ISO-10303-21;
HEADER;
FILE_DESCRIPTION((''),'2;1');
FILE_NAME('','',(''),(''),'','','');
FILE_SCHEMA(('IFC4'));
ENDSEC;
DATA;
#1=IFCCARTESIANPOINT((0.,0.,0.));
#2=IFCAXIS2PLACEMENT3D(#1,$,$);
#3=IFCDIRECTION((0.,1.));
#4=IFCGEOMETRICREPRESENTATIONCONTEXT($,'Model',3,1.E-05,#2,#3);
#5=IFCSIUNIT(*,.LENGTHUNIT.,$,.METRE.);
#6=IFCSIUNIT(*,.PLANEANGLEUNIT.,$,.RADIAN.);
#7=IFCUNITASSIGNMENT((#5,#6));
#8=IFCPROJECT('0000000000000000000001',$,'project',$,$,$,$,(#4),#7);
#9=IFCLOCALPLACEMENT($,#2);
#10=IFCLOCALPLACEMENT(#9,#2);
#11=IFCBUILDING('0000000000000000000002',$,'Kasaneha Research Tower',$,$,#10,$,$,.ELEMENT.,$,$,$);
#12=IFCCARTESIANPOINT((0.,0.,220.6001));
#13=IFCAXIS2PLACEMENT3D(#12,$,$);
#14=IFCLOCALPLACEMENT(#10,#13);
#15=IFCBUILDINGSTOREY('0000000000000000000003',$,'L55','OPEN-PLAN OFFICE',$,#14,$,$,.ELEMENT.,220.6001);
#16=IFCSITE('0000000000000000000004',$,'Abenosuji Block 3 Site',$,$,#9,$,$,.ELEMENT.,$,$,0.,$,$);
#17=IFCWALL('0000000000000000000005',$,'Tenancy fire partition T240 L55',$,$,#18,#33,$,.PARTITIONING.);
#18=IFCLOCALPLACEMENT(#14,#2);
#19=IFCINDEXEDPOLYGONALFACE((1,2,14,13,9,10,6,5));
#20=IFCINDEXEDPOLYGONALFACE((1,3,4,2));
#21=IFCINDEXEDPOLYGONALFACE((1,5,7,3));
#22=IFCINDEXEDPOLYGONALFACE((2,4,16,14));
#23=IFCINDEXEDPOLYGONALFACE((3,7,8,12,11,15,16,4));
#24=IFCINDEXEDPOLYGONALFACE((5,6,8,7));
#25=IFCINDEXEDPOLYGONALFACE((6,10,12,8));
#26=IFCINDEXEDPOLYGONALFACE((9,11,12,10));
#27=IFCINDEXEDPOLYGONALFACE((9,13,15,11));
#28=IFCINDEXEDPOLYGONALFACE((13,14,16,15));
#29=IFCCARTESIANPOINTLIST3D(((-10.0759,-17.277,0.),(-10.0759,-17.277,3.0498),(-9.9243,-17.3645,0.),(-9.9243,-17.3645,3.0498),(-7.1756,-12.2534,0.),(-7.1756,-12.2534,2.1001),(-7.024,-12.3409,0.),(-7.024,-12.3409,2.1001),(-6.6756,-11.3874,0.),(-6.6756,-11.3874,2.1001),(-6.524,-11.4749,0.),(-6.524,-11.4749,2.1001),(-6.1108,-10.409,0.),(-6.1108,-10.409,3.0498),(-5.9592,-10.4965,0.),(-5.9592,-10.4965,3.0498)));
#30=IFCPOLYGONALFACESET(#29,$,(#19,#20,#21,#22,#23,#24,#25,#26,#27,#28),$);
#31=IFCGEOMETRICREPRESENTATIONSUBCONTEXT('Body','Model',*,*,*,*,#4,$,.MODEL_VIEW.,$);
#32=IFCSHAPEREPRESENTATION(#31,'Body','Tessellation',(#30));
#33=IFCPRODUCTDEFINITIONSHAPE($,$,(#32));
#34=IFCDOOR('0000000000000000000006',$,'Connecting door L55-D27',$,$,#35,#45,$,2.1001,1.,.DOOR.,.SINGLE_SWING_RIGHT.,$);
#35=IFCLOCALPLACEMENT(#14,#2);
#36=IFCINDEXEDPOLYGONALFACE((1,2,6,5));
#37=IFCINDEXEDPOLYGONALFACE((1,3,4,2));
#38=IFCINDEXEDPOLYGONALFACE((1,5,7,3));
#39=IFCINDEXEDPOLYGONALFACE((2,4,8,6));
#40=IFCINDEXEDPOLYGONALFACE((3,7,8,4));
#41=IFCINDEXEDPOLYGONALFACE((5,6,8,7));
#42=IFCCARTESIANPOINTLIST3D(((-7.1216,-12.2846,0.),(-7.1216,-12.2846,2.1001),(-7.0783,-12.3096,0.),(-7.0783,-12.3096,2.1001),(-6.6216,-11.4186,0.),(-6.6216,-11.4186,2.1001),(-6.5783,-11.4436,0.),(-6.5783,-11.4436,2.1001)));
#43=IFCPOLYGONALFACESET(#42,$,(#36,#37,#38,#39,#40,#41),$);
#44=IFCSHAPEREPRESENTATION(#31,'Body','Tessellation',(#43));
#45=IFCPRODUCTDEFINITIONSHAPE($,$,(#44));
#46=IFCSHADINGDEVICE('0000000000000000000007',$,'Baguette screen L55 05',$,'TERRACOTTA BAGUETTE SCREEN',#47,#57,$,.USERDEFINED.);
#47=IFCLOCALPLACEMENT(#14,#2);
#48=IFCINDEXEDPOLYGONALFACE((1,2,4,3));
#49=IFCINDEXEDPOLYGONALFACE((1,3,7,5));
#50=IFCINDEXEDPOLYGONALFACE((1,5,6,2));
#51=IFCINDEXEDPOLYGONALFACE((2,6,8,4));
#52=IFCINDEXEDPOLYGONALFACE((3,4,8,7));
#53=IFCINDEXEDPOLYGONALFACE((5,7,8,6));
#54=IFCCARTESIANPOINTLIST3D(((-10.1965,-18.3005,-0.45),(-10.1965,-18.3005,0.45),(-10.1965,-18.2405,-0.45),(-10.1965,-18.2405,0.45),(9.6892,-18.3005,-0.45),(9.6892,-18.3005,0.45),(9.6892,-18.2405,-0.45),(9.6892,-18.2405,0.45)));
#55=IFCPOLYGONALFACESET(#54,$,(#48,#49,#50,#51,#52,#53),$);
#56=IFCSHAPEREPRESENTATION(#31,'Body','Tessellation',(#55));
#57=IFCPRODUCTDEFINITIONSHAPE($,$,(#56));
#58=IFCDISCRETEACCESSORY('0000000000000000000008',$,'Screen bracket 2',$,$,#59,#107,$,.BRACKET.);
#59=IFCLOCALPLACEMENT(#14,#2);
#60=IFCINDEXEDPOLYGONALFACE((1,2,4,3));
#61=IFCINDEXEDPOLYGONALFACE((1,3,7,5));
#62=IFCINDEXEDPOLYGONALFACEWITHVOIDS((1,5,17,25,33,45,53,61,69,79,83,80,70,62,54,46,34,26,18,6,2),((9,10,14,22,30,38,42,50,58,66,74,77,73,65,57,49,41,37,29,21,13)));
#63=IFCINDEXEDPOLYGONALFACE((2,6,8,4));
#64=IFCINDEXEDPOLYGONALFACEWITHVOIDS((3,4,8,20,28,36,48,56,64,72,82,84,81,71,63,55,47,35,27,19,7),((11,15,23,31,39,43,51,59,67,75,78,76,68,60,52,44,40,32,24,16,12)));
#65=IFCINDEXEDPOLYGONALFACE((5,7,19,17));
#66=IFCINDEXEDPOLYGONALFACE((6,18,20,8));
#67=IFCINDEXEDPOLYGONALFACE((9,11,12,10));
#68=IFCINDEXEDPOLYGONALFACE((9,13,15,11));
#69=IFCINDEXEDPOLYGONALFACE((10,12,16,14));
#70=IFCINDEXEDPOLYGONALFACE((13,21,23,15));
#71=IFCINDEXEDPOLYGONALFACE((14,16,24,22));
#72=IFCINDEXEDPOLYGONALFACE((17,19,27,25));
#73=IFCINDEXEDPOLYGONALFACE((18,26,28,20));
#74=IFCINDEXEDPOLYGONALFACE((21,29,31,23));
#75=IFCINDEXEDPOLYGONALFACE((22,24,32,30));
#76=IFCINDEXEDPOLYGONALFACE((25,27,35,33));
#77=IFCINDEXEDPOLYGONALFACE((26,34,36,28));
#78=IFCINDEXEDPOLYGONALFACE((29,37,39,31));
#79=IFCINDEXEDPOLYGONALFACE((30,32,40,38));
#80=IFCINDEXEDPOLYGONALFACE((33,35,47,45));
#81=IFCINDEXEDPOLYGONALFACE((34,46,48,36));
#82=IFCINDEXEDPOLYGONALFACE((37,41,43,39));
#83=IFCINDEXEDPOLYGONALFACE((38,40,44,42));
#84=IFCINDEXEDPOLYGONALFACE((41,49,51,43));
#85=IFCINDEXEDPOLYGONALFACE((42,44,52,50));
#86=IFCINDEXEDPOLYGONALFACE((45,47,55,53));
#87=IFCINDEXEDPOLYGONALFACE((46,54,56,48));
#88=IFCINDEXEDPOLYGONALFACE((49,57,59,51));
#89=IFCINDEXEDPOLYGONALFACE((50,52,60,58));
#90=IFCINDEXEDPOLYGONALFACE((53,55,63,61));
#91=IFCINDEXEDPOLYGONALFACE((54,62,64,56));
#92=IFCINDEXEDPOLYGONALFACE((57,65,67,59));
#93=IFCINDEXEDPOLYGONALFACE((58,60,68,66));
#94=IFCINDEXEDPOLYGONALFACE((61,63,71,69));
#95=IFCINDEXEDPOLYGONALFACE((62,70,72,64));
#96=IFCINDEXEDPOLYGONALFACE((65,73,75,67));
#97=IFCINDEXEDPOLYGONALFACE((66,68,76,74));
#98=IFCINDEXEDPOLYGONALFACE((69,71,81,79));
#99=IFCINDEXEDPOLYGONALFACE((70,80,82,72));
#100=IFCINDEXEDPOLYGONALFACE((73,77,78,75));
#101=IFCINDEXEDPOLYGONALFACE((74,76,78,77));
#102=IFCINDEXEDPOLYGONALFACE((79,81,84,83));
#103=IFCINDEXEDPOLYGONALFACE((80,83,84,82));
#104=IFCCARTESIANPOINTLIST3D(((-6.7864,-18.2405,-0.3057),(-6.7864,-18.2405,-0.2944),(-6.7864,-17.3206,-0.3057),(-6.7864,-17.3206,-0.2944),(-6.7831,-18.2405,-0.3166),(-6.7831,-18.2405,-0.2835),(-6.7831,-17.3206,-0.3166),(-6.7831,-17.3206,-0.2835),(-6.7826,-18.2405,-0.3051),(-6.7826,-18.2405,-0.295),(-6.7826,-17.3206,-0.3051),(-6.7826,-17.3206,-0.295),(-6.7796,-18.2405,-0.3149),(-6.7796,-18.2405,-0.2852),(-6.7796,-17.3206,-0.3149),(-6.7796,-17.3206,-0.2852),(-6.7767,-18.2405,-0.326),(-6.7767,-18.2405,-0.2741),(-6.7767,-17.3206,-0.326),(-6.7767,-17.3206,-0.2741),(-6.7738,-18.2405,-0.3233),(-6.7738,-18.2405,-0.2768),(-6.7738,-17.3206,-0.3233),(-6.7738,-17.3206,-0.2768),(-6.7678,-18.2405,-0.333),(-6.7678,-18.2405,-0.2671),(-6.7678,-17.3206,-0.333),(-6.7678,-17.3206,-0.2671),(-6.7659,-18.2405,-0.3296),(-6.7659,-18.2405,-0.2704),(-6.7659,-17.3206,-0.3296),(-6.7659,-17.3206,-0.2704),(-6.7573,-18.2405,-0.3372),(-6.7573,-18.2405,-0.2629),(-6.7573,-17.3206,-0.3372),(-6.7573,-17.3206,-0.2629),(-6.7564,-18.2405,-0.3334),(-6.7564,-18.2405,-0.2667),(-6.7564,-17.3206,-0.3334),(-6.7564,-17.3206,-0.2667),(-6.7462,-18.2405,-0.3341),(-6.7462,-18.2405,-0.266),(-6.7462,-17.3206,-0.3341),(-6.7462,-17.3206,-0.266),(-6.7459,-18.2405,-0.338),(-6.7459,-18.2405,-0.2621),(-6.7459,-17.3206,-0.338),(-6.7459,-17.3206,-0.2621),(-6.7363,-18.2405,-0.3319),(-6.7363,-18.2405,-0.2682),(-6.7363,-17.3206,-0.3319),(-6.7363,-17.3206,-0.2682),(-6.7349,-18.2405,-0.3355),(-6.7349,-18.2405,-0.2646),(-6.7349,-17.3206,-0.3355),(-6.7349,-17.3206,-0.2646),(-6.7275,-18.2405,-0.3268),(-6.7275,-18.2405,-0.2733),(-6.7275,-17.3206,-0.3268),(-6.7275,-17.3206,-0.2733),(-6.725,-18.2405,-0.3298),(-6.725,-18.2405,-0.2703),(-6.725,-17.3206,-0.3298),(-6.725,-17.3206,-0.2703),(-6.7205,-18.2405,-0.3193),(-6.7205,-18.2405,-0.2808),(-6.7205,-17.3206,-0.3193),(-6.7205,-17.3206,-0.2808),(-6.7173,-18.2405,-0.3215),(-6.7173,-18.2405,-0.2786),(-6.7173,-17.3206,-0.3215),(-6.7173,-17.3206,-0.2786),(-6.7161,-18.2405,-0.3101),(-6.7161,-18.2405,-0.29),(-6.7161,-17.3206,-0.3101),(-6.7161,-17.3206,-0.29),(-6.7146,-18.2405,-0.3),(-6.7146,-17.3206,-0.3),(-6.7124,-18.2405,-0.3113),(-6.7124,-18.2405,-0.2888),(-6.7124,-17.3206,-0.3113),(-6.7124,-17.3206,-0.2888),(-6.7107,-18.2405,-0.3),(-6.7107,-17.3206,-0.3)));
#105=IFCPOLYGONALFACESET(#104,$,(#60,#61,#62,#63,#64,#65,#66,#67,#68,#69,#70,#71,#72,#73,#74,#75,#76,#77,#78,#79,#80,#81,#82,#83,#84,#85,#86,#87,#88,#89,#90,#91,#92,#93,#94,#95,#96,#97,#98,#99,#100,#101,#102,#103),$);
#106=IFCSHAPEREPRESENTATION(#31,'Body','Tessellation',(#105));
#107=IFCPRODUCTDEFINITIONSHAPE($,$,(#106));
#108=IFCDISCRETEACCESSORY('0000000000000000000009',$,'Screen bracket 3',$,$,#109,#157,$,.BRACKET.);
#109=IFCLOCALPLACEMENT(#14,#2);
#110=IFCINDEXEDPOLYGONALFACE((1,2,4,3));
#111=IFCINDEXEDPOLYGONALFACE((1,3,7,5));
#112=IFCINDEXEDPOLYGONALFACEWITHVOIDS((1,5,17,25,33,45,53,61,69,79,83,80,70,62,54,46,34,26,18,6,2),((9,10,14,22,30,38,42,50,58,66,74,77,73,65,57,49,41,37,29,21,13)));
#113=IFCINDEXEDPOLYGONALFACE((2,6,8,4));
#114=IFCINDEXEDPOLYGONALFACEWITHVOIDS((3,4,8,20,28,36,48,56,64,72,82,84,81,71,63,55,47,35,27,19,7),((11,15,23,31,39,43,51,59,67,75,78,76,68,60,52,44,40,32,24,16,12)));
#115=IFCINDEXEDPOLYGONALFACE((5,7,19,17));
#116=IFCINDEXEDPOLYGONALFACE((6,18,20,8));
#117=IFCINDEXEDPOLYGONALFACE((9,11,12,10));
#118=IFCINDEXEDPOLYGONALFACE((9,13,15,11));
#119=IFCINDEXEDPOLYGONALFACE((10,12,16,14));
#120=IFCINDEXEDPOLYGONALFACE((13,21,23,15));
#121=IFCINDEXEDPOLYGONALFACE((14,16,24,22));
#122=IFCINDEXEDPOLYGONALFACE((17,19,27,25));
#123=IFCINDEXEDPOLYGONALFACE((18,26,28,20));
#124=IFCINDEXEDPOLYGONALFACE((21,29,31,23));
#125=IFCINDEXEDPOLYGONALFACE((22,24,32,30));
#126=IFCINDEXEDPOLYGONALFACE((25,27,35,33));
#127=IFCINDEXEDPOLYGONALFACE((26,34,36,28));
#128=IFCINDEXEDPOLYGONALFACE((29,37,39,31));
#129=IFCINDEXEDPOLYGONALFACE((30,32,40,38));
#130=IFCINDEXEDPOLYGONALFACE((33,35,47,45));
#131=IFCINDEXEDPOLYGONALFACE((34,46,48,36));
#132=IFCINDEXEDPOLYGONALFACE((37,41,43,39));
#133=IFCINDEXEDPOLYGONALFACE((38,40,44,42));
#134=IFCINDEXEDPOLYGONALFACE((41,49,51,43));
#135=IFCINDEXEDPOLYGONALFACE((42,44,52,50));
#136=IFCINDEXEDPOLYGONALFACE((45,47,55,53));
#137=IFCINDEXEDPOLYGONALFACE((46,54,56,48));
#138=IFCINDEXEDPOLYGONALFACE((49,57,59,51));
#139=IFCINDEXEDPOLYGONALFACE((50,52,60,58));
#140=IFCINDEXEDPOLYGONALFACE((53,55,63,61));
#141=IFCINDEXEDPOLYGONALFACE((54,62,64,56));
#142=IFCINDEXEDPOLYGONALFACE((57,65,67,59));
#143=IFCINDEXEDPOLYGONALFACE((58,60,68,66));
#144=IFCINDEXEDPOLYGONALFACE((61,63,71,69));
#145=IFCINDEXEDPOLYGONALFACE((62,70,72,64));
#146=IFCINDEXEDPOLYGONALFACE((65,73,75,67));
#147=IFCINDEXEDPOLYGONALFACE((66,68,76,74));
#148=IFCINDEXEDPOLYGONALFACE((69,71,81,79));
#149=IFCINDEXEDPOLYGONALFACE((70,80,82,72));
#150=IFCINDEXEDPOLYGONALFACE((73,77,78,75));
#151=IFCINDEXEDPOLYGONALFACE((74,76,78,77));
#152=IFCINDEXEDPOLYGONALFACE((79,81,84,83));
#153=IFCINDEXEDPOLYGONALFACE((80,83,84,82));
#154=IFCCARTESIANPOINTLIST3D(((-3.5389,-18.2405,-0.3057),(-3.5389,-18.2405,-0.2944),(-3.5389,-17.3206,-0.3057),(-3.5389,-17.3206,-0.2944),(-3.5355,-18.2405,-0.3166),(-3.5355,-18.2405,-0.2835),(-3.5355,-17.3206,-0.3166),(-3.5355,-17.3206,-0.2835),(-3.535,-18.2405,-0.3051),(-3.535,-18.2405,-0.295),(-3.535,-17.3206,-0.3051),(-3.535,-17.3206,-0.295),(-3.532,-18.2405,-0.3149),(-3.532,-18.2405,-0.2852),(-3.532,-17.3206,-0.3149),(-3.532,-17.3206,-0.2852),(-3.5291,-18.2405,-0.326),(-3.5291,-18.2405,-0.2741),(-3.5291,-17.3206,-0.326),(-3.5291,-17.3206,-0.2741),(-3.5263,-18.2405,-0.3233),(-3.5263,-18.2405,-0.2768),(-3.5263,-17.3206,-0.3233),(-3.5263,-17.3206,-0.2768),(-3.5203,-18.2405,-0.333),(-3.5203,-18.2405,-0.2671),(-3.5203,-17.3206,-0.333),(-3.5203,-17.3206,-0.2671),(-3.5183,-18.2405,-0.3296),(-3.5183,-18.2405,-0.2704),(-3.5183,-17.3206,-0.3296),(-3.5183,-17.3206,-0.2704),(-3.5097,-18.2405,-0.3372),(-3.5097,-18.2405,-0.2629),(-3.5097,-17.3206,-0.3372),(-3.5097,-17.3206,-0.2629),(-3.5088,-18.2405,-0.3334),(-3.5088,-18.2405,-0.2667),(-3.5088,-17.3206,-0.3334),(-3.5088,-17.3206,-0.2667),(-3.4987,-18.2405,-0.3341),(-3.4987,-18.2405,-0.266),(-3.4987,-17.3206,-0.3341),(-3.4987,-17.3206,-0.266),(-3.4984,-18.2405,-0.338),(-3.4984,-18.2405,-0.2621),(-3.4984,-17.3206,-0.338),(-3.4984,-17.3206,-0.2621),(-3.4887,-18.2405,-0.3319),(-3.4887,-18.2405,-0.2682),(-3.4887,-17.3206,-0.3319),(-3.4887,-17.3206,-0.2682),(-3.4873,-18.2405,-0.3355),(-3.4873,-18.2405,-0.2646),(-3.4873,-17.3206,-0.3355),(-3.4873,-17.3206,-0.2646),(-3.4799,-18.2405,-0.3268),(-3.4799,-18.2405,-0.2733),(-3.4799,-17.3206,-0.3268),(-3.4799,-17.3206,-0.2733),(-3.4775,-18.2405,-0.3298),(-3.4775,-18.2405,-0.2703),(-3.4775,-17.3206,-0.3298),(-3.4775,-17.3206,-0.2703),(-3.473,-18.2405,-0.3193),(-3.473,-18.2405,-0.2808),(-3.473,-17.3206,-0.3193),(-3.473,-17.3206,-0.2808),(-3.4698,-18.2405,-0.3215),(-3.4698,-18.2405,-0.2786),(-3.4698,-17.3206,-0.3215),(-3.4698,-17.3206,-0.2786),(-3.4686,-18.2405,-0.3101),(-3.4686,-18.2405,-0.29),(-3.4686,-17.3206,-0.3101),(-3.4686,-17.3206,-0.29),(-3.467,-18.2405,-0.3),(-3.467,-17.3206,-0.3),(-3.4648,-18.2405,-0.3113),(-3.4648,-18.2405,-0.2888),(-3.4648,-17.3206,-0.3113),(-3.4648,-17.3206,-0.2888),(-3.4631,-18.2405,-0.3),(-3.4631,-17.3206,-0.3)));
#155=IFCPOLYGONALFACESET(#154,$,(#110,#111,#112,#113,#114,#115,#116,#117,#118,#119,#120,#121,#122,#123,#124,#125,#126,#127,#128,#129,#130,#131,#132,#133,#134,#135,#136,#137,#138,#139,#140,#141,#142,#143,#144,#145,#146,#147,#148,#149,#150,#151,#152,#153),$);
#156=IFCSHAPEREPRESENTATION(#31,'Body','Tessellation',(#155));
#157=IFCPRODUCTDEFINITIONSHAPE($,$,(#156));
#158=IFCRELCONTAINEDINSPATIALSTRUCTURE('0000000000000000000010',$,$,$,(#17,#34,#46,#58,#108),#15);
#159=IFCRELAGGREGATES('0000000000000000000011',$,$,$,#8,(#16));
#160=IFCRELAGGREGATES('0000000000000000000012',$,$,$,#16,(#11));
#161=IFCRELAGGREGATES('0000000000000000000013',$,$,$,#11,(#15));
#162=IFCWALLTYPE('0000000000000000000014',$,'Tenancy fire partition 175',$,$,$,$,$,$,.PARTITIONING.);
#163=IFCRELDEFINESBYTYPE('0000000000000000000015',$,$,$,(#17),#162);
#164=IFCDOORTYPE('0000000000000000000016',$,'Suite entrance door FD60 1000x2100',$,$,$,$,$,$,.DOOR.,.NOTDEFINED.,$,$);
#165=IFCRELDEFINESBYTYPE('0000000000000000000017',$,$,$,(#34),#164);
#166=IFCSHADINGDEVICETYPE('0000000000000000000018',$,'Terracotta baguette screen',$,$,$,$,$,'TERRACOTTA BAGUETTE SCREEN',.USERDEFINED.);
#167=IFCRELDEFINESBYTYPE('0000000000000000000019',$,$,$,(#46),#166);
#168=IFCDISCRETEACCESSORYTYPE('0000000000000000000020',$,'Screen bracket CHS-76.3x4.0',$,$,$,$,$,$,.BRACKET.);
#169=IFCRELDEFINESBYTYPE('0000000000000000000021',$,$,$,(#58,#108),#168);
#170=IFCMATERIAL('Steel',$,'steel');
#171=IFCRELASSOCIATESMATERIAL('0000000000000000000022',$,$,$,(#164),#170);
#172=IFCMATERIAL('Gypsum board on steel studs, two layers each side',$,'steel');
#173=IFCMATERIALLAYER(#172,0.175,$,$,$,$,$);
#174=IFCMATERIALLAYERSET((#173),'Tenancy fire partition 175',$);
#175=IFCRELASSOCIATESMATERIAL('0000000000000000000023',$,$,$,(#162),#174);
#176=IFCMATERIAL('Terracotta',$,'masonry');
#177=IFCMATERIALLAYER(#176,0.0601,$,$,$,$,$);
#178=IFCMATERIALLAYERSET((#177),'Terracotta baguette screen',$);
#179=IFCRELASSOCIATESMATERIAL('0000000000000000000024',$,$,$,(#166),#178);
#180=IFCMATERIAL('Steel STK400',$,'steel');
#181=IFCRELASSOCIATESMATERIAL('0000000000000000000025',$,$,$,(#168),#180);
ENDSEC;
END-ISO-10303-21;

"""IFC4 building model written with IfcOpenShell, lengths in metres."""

from ifc_helpers import new_model, si_unit, direction, frame, frame_2d, origin, origin_2d, place, context, subcontext, project, spatial, rectangle, hollow_circle, extrude, material, layer, layer_set, material_profile, profile_set, type_object, element, fill, save


model = new_model("IFC4")

# Units and contexts
model_context = context("Model", 3, precision=1e-05, world=origin(), true_north=direction((0.0, 1.0)))
body_context = subcontext(model_context, "Body", "Model", "MODEL_VIEW")
ifc_project = project(units=[si_unit("LENGTHUNIT", "METRE"), si_unit("PLANEANGLEUNIT", "RADIAN")], contexts=[model_context])

# Site, building, storey
site_placement = place(None, origin())
site = spatial("IfcSite", under=ifc_project, at=site_placement, Name="Abenosuji Block 3 Site", CompositionType="ELEMENT", RefElevation=0.0)
building_placement = place(site_placement, origin())
building = spatial("IfcBuilding", under=site, at=building_placement, Name="Kasaneha Research Tower", CompositionType="ELEMENT")
storey_placement = place(building_placement, frame((0.0, 0.0, 220.6001)))
storey = spatial("IfcBuildingStorey", under=building, at=storey_placement, Name="L55", Description="OPEN-PLAN OFFICE", CompositionType="ELEMENT", Elevation=220.6001)

# Shared definitions
ifc_material_1 = material(Name="Steel", Category="steel")
door_type_1 = type_object("IfcDoorType", Name="Suite entrance door FD60 1000x2100", OperationType="NOTDEFINED", PredefinedType="DOOR", material=ifc_material_1)

# Wall, opening, door
ifc_material_2 = material(Name="Gypsum board on steel studs, two layers each side", Category="steel")
ifc_layer_1 = layer(ifc_material_2, 0.175)
ifc_layer_set_1 = layer_set([ifc_layer_1], Name="Tenancy fire partition 175")
wall_type_1 = type_object("IfcWallType", Name="Tenancy fire partition 175", PredefinedType="PARTITIONING", material=ifc_layer_set_1)
wall_1_placement = place(storey_placement, frame((-6.0349, -10.4526, 0.0), z_axis=(0.0, 0.0, 1.0), x_axis=(-0.49999, -0.866031, 0.0)))
wall_1 = element("IfcWall", 1, at=wall_1_placement, inside=storey, type_object=wall_type_1, Name="Tenancy fire partition T240 L55", PredefinedType="PARTITIONING", context=body_context, shape_type="SweptSolid", body=[
    extrude(rectangle(XDim=7.9304, YDim=0.175, at=frame_2d((3.9653, 0.0))), origin(), (0.0, 0.0, 1.0), 3.0498),
])
opening_1_placement = place(wall_1_placement, frame((1.1299, 0.0, 0.0)))
opening_1 = element("IfcOpeningElement", 2, at=opening_1_placement, cuts=wall_1, PredefinedType="OPENING", context=body_context, shape_type="SweptSolid", body=[
    extrude(rectangle(XDim=1.0, YDim=2.1001, at=frame_2d((0.5, 1.05))), frame((0.0, 0.0977, 0.0), z_axis=(0.0, -1.0, 0.0), x_axis=(1.0, 0.0, 0.0)), (0.0, 0.0, 1.0), 0.1951),
])
door_1_placement = place(opening_1_placement, origin())
door_1 = element("IfcDoor", 3, at=door_1_placement, inside=storey, type_object=door_type_1, Name="Connecting door L55-D27", OperationType="SINGLE_SWING_RIGHT", OverallHeight=2.1001, OverallWidth=1.0, PredefinedType="DOOR", context=body_context, shape_type="SweptSolid", body=[
    extrude(rectangle(XDim=1.0, YDim=2.1001, at=frame_2d((0.5, 1.05))), frame((0.0, 0.0249, 0.0), z_axis=(0.0, -1.0, 0.0), x_axis=(1.0, 0.0, 0.0)), (0.0, 0.0, 1.0), 0.05),
])
fill(opening_1, door_1)

# Shading device
ifc_material_3 = material(Name="Terracotta", Category="masonry")
ifc_layer_2 = layer(ifc_material_3, 0.0601)
ifc_layer_set_2 = layer_set([ifc_layer_2], Name="Terracotta baguette screen")
shading_device_type = type_object("IfcShadingDeviceType", Name="Terracotta baguette screen", ElementType="TERRACOTTA BAGUETTE SCREEN", PredefinedType="USERDEFINED", material=ifc_layer_set_2)
shading_device_placement = place(storey_placement, frame((-0.2537, -18.2705, -0.45), z_axis=(0.0, 0.0, 1.0), x_axis=(1.0, 0.0, 0.0)))
element("IfcShadingDevice", 4, at=shading_device_placement, inside=storey, type_object=shading_device_type, Name="Baguette screen L55 05", ObjectType="TERRACOTTA BAGUETTE SCREEN", PredefinedType="USERDEFINED", context=body_context, shape_type="SweptSolid", body=[
    extrude(rectangle(XDim=19.8857, YDim=0.0601, at=origin_2d()), origin(), (0.0, 0.0, 1.0), 0.8999),
])

# Discrete accessories
ifc_material_4 = material(Name="Steel STK400", Category="steel")
ifc_material_profile_1 = material_profile(ifc_material_4, hollow_circle(Radius=0.0381, WallThickness=0.0039, at=origin_2d()), Name="CHS-76.3x4.0")
ifc_profile_set_1 = profile_set([ifc_material_profile_1], Name="Steel STK400")
discrete_accessory_type = type_object("IfcDiscreteAccessoryType", Name="Screen bracket CHS-76.3x4.0", PredefinedType="BRACKET", material=ifc_profile_set_1)
for number, where, z_axis, x_axis, name in (
    (5, (-6.7488, -17.3206, -0.3), (0.0, -1.0, 0.0), (1.0, 0.0, 0.0), "Screen bracket 2"),
    (6, (-3.5012, -17.3206, -0.3), (0.0, -1.0, 0.0), (1.0, 0.0, 0.0), "Screen bracket 3"),
):
    element("IfcDiscreteAccessory", number, at=place(storey_placement, frame(where, z_axis=z_axis, x_axis=x_axis)), inside=storey, type_object=discrete_accessory_type, Name=name, PredefinedType="BRACKET", context=body_context, shape_type="SweptSolid", body=[
        extrude(hollow_circle(Radius=0.0381, WallThickness=0.0039, at=origin_2d()), origin(), (0.0, 0.0, 1.0), 0.9199),
    ])

save(model, "model.ifc")
